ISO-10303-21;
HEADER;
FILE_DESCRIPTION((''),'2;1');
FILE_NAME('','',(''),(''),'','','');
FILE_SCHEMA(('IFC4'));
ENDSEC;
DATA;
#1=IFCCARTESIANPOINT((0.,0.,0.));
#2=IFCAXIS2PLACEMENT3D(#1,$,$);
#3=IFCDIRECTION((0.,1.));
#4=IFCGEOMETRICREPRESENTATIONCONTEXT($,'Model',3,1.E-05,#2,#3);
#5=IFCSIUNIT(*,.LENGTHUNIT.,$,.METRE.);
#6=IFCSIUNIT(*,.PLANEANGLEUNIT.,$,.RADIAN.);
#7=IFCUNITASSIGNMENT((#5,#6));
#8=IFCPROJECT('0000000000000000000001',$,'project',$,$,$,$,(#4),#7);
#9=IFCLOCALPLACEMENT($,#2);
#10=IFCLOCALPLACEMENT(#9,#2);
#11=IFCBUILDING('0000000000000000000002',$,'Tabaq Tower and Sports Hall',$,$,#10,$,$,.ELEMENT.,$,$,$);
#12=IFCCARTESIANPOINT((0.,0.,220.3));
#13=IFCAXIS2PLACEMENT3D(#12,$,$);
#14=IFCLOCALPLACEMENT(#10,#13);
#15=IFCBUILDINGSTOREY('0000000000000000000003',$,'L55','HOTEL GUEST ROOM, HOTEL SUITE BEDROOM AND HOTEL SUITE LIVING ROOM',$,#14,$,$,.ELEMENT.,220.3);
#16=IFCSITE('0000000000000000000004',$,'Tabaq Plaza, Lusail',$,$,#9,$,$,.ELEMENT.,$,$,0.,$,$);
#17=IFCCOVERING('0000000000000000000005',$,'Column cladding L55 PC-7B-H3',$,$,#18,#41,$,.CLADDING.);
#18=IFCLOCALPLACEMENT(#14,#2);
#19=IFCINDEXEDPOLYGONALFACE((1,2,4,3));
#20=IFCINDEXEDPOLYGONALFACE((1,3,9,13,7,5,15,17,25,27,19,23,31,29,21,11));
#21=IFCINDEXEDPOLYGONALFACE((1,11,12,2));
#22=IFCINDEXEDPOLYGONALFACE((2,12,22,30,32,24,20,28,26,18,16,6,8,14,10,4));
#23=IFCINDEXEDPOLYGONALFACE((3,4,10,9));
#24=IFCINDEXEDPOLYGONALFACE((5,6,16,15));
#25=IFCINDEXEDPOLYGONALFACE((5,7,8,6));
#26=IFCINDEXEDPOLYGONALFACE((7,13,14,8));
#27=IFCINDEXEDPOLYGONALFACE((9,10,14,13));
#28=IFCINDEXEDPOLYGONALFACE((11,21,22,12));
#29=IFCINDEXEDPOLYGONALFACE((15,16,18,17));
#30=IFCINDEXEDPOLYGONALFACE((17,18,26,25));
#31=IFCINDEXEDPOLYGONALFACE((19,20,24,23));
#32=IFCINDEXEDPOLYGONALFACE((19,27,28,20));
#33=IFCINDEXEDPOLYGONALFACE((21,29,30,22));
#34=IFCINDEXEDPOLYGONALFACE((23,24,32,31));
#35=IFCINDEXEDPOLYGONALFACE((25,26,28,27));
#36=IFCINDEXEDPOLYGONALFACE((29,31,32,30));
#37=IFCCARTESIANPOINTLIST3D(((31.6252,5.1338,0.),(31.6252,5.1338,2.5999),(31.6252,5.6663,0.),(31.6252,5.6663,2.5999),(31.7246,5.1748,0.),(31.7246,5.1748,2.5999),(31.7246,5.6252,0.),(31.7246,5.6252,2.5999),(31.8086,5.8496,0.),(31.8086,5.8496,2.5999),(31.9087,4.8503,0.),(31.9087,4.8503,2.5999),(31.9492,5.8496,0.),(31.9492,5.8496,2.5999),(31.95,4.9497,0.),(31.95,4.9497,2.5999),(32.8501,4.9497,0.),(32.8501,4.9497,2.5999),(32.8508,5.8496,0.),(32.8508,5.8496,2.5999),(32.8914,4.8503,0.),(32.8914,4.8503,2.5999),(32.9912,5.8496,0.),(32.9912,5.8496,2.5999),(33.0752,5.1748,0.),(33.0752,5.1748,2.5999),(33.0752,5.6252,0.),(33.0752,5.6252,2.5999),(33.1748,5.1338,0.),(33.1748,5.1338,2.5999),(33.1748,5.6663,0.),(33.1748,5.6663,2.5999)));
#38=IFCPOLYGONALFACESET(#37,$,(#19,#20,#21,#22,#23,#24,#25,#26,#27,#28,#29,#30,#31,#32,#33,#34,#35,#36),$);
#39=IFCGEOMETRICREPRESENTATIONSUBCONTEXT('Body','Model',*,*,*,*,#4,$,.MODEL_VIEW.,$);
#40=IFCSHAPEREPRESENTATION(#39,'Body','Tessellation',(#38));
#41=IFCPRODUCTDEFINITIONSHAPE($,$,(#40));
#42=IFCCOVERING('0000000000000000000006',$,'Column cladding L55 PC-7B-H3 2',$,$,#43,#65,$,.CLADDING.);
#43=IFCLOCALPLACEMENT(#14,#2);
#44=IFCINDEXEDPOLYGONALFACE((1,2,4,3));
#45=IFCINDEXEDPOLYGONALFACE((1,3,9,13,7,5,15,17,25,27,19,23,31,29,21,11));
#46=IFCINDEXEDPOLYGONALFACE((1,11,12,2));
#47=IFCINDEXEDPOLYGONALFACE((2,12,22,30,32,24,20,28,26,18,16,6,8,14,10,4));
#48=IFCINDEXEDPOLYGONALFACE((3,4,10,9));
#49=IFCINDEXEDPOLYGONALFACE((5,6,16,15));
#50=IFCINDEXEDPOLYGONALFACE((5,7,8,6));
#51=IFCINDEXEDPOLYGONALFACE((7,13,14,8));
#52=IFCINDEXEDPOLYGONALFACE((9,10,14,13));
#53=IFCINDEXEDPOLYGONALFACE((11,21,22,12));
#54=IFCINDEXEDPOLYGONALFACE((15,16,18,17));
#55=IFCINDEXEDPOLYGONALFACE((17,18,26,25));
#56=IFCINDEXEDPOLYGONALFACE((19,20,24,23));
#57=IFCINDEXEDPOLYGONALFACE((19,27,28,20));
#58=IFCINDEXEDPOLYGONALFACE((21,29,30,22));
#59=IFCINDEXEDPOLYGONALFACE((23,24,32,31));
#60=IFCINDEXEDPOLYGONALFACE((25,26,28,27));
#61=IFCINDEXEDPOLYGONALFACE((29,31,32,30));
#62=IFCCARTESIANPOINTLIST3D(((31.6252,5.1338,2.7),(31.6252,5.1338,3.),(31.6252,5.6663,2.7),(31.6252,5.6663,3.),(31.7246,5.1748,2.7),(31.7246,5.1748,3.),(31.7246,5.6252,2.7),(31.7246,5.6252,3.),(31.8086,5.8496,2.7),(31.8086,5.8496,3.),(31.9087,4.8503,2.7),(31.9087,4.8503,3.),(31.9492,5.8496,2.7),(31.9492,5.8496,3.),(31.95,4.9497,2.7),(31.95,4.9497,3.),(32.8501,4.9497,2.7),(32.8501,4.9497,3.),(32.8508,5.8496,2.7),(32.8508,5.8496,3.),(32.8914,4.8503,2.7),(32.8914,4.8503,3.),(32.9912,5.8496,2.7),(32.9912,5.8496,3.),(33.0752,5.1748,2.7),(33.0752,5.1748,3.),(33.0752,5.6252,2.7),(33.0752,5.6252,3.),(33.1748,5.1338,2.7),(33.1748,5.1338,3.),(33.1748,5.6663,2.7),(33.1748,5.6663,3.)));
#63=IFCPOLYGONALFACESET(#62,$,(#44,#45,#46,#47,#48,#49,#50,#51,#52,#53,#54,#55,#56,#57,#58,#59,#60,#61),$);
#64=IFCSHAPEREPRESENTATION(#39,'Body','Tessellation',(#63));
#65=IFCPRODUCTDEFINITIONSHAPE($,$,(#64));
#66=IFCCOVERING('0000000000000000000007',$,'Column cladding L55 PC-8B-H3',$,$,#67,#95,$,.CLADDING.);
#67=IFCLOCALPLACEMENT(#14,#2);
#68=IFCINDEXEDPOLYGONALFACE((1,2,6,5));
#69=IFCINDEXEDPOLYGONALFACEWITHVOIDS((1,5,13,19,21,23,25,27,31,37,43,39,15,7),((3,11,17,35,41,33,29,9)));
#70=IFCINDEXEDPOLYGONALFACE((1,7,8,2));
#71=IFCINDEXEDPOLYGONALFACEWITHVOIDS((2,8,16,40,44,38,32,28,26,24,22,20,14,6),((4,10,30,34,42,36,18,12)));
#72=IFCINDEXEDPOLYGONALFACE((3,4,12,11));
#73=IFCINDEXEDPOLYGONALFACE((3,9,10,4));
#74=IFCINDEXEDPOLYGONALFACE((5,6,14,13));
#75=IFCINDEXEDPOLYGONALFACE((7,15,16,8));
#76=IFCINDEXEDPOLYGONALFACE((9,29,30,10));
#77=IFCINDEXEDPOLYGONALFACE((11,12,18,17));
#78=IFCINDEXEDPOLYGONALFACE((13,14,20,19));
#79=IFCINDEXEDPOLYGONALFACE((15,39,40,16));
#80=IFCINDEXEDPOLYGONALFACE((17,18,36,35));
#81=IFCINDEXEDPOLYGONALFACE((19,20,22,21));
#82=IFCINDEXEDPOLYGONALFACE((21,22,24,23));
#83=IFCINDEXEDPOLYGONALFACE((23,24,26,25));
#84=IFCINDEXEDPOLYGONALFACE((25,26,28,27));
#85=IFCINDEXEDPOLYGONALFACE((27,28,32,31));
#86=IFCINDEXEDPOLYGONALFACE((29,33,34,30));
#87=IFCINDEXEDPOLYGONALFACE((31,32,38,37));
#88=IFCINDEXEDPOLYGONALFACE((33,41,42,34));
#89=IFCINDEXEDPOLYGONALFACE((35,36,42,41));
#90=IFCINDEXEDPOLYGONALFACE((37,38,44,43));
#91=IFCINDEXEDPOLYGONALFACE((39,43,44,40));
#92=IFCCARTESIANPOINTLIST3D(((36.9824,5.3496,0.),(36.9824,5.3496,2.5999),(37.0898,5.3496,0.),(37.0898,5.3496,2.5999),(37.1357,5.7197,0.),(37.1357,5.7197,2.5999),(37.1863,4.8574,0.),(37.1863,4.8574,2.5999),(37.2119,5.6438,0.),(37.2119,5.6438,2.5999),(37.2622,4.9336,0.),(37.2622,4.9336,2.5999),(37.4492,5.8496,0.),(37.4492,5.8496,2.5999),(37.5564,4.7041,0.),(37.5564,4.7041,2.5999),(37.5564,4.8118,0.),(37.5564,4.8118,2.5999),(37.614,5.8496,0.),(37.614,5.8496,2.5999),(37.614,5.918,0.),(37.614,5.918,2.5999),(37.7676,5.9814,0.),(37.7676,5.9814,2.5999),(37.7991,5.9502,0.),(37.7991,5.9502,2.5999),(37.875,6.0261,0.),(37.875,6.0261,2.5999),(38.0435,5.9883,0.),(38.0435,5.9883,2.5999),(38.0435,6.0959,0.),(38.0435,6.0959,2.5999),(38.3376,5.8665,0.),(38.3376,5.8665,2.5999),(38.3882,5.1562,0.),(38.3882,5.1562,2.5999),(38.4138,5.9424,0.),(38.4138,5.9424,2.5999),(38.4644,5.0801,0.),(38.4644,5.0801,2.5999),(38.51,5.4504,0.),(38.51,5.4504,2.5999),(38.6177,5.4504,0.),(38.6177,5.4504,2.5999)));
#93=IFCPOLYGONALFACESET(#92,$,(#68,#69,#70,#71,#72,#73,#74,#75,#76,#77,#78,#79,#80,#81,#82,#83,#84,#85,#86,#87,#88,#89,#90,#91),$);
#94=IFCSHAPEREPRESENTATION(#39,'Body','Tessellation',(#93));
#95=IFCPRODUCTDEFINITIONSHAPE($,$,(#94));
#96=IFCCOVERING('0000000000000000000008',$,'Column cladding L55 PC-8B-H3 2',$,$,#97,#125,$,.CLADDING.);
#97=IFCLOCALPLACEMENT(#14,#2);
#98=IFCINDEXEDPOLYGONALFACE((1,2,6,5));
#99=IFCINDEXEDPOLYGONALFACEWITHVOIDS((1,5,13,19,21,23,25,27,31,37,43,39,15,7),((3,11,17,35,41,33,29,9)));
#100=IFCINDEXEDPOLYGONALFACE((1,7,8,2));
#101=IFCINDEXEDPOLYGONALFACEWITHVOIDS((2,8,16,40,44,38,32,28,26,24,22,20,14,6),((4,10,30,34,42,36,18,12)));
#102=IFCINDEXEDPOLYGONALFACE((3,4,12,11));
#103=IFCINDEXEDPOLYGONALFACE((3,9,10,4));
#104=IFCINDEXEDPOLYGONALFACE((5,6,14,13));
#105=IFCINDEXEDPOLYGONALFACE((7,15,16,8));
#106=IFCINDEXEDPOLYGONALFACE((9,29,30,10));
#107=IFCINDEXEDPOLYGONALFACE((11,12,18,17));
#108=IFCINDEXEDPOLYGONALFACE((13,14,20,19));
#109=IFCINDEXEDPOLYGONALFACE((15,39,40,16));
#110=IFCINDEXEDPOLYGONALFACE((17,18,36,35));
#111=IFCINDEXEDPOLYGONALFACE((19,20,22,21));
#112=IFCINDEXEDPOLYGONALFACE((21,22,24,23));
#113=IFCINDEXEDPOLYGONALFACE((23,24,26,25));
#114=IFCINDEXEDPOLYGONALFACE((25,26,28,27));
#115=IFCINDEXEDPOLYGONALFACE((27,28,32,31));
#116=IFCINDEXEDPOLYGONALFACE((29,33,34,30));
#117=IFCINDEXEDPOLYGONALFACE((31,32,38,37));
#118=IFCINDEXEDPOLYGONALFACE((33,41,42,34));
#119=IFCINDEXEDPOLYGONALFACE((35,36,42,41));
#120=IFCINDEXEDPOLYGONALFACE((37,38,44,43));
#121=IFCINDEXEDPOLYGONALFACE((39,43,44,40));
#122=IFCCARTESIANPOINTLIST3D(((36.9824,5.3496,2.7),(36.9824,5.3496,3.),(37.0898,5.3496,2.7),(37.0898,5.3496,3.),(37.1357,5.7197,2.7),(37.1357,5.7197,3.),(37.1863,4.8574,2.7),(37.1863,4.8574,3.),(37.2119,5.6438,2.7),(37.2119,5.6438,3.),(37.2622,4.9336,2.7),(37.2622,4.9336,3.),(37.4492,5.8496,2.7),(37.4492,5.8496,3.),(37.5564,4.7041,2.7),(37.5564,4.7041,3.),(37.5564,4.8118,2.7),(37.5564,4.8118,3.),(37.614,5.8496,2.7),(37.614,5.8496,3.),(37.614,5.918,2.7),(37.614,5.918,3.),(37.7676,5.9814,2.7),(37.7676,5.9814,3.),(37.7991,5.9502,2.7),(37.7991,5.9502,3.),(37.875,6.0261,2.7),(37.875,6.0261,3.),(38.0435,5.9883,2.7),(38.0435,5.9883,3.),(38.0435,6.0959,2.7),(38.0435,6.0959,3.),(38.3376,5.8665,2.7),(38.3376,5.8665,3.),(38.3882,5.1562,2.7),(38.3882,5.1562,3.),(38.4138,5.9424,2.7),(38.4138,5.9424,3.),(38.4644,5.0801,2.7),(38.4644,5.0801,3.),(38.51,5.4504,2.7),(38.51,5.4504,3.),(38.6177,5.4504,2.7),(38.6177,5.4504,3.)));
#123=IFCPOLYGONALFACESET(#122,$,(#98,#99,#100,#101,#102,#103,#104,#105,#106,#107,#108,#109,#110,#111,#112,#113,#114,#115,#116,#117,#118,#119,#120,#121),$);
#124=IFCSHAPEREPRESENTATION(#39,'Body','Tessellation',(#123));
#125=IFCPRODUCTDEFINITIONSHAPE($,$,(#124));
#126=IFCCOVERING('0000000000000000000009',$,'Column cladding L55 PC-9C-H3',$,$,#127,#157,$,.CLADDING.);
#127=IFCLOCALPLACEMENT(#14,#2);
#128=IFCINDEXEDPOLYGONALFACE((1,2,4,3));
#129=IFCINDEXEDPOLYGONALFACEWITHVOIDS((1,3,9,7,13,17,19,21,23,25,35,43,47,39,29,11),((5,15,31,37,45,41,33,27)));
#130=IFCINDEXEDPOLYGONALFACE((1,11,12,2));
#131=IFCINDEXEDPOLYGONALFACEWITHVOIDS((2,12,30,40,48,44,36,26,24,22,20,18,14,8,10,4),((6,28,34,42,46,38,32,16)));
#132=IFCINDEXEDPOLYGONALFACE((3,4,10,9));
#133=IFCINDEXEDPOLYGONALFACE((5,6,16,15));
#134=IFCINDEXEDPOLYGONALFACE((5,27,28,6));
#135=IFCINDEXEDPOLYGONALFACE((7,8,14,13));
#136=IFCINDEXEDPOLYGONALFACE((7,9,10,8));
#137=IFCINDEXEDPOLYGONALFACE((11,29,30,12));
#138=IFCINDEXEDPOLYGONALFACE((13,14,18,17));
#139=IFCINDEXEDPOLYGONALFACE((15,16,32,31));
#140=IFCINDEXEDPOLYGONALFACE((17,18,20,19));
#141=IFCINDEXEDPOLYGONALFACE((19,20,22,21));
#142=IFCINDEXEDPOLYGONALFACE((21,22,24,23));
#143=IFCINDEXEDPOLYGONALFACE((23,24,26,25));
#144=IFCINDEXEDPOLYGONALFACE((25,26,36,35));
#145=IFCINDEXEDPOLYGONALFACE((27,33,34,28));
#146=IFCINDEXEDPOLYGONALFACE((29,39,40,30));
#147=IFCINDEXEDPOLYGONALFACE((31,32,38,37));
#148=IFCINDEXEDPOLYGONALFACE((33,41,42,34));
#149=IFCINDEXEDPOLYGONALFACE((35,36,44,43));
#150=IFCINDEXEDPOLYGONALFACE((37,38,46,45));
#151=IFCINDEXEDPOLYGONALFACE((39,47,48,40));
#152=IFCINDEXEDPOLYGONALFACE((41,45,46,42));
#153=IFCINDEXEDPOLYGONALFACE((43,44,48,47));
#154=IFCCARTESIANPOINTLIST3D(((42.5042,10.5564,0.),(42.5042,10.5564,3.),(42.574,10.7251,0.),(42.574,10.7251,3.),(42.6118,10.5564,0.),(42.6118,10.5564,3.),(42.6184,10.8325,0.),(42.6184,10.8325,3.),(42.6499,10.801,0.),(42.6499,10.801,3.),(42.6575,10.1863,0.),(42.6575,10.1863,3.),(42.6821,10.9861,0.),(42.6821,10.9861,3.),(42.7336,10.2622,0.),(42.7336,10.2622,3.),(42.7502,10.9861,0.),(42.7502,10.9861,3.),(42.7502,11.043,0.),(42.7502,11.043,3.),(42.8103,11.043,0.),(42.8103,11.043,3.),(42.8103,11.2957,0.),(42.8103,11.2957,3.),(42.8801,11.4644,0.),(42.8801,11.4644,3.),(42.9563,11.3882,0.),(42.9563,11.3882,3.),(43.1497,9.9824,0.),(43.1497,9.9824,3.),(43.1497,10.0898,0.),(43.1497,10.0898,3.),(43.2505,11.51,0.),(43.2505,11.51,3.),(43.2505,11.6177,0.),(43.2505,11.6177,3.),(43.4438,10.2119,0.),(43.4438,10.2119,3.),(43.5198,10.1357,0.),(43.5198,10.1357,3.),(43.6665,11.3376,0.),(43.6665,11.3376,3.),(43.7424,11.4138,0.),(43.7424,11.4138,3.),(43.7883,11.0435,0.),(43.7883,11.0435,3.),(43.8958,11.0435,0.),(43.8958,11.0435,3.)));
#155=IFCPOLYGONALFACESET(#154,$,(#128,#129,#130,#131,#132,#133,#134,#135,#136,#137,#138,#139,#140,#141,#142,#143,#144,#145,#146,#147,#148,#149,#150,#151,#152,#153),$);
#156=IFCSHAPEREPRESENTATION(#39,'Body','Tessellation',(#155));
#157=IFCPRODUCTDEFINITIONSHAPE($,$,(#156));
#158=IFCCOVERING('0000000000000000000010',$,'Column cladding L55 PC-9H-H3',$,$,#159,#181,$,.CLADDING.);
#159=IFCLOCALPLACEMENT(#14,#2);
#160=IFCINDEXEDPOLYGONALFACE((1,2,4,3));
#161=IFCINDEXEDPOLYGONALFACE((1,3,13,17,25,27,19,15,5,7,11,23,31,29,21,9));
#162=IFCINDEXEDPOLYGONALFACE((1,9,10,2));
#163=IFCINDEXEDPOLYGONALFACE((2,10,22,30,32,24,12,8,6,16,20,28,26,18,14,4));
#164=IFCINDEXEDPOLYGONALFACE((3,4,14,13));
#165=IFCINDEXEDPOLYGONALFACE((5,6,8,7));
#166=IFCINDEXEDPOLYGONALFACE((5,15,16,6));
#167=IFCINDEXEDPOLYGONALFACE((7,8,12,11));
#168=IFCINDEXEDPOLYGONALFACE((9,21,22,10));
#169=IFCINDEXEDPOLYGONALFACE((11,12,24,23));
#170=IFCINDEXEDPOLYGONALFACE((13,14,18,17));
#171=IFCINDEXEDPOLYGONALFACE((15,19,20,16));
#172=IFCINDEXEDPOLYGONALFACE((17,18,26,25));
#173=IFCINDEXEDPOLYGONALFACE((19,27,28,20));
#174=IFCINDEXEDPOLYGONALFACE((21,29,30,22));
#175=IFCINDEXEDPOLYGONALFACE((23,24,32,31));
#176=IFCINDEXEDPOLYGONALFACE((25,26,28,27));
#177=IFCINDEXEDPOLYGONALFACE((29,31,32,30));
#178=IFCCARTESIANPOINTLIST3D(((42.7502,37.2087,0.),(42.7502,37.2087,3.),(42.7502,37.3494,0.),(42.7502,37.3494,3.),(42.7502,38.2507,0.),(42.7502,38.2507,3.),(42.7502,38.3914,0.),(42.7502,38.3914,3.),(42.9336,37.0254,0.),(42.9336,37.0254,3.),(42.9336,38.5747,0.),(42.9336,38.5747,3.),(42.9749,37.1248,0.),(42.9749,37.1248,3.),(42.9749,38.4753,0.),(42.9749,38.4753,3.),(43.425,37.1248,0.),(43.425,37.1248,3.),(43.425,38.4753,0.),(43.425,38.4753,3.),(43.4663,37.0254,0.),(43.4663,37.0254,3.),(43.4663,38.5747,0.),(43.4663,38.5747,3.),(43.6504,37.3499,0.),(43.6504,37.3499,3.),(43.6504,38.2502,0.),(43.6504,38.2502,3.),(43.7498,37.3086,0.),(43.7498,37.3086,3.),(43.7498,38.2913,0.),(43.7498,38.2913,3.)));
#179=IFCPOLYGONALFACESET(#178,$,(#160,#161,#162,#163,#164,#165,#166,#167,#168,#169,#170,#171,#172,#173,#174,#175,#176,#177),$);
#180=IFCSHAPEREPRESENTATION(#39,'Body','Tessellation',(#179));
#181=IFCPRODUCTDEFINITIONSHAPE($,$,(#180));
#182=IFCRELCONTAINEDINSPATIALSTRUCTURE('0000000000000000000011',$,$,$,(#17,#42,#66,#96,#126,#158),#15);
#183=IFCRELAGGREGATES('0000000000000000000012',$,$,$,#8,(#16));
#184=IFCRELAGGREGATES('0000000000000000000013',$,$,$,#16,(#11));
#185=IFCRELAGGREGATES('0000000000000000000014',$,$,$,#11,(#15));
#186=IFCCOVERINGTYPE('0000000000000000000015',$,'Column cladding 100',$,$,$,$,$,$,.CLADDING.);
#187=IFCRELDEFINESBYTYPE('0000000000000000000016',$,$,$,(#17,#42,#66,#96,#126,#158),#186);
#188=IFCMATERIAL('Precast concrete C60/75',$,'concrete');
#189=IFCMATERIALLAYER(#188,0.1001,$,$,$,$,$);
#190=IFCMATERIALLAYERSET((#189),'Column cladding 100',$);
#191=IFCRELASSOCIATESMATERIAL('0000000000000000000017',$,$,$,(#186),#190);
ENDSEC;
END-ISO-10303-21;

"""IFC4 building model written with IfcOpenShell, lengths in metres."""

from ifc_helpers import new_model, si_unit, direction, frame, origin, place, context, subcontext, project, spatial, polyline, outline, extrude, material, layer, layer_set, type_object, element, save


model = new_model("IFC4")

# Units and contexts
model_context = context("Model", 3, precision=1e-05, world=origin(), true_north=direction((0.0, 1.0)))
body_context = subcontext(model_context, "Body", "Model", "MODEL_VIEW")
ifc_project = project(units=[si_unit("LENGTHUNIT", "METRE"), si_unit("PLANEANGLEUNIT", "RADIAN")], contexts=[model_context])

# Site, building, storey
site_placement = place(None, origin())
site = spatial("IfcSite", under=ifc_project, at=site_placement, Name="Tabaq Plaza, Lusail", CompositionType="ELEMENT", RefElevation=0.0)
building_placement = place(site_placement, origin())
building = spatial("IfcBuilding", under=site, at=building_placement, Name="Tabaq Tower and Sports Hall", CompositionType="ELEMENT")
storey_placement = place(building_placement, frame((0.0, 0.0, 220.3)))
storey = spatial("IfcBuildingStorey", under=building, at=storey_placement, Name="L55", Description="HOTEL GUEST ROOM, HOTEL SUITE BEDROOM AND HOTEL SUITE LIVING ROOM", CompositionType="ELEMENT", Elevation=220.3)

# Coverings
ifc_material_1 = material(Name="Precast concrete C60/75", Category="concrete")
ifc_layer_1 = layer(ifc_material_1, 0.1001)
ifc_layer_set_1 = layer_set([ifc_layer_1], Name="Column cladding 100")
covering_type_1 = type_object("IfcCoveringType", Name="Column cladding 100", PredefinedType="CLADDING", material=ifc_layer_set_1)
covering_1_placement = place(storey_placement, origin())
element("IfcCovering", 1, at=covering_1_placement, inside=storey, type_object=covering_type_1, Name="Column cladding L55 PC-7B-H3", PredefinedType="CLADDING", context=body_context, shape_type="SweptSolid", body=[
    extrude(outline(polyline([(31.6252, 5.6663), (31.8086, 5.8496), (31.9492, 5.8496), (31.7246, 5.6252), (31.7246, 5.1748), (31.95, 4.9497), (32.8501, 4.9497), (33.0752, 5.1748), (33.0752, 5.6252), (32.8508, 5.8496), (32.9912, 5.8496), (33.1748, 5.6663), (33.1748, 5.1338), (32.8914, 4.8503), (31.9087, 4.8503), (31.6252, 5.1338), (31.6252, 5.6663)])), origin(), (0.0, 0.0, 1.0), 2.5999),
])
covering_2_placement = place(storey_placement, frame((0.0, 0.0, 2.7)))
element("IfcCovering", 2, at=covering_2_placement, inside=storey, type_object=covering_type_1, Name="Column cladding L55 PC-7B-H3 2", PredefinedType="CLADDING", context=body_context, shape_type="SweptSolid", body=[
    extrude(outline(polyline([(31.6252, 5.6663), (31.8086, 5.8496), (31.9492, 5.8496), (31.7246, 5.6252), (31.7246, 5.1748), (31.95, 4.9497), (32.8501, 4.9497), (33.0752, 5.1748), (33.0752, 5.6252), (32.8508, 5.8496), (32.9912, 5.8496), (33.1748, 5.6663), (33.1748, 5.1338), (32.8914, 4.8503), (31.9087, 4.8503), (31.6252, 5.1338), (31.6252, 5.6663)])), origin(), (0.0, 0.0, 1.0), 0.3),
])
covering_3_placement = place(storey_placement, origin())
element("IfcCovering", 3, at=covering_3_placement, inside=storey, type_object=covering_type_1, Name="Column cladding L55 PC-8B-H3", PredefinedType="CLADDING", context=body_context, shape_type="SweptSolid", body=[
    extrude(outline(polyline([(36.9824, 5.3496), (37.1357, 5.7197), (37.4492, 5.8496), (37.614, 5.8496), (37.614, 5.918), (37.7676, 5.9814), (37.7991, 5.9502), (37.875, 6.0261), (38.0435, 6.0959), (38.4138, 5.9424), (38.6177, 5.4504), (38.4644, 5.0801), (37.5564, 4.7041), (37.1863, 4.8574), (36.9824, 5.3496)]), holes=[polyline([(38.51, 5.4504), (38.3376, 5.8665), (38.0435, 5.9883), (37.2119, 5.6438), (37.0898, 5.3496), (37.2622, 4.9336), (37.5564, 4.8118), (38.3882, 5.1562), (38.51, 5.4504)])]), origin(), (0.0, 0.0, 1.0), 2.5999),
])
covering_4_placement = place(storey_placement, frame((0.0, 0.0, 2.7)))
element("IfcCovering", 4, at=covering_4_placement, inside=storey, type_object=covering_type_1, Name="Column cladding L55 PC-8B-H3 2", PredefinedType="CLADDING", context=body_context, shape_type="SweptSolid", body=[
    extrude(outline(polyline([(36.9824, 5.3496), (37.1357, 5.7197), (37.4492, 5.8496), (37.614, 5.8496), (37.614, 5.918), (37.7676, 5.9814), (37.7991, 5.9502), (37.875, 6.0261), (38.0435, 6.0959), (38.4138, 5.9424), (38.6177, 5.4504), (38.4644, 5.0801), (37.5564, 4.7041), (37.1863, 4.8574), (36.9824, 5.3496)]), holes=[polyline([(38.51, 5.4504), (38.3376, 5.8665), (38.0435, 5.9883), (37.2119, 5.6438), (37.0898, 5.3496), (37.2622, 4.9336), (37.5564, 4.8118), (38.3882, 5.1562), (38.51, 5.4504)])]), origin(), (0.0, 0.0, 1.0), 0.3),
])
covering_5_placement = place(storey_placement, origin())
element("IfcCovering", 5, at=covering_5_placement, inside=storey, type_object=covering_type_1, Name="Column cladding L55 PC-9C-H3", PredefinedType="CLADDING", context=body_context, shape_type="SweptSolid", body=[
    extrude(outline(polyline([(42.6575, 10.1863), (42.5042, 10.5564), (42.574, 10.7251), (42.6499, 10.801), (42.6184, 10.8325), (42.6821, 10.9861), (42.7502, 10.9861), (42.7502, 11.043), (42.8103, 11.043), (42.8103, 11.2957), (42.8801, 11.4644), (43.2505, 11.6177), (43.7424, 11.4138), (43.8958, 11.0435), (43.5198, 10.1357), (43.1497, 9.9824), (42.6575, 10.1863)]), holes=[polyline([(43.6665, 11.3376), (43.2505, 11.51), (42.9563, 11.3882), (42.6118, 10.5564), (42.7336, 10.2622), (43.1497, 10.0898), (43.4438, 10.2119), (43.7883, 11.0435), (43.6665, 11.3376)])]), origin(), (0.0, 0.0, 1.0), 3.0),
])
covering_6_placement = place(storey_placement, origin())
element("IfcCovering", 6, at=covering_6_placement, inside=storey, type_object=covering_type_1, Name="Column cladding L55 PC-9H-H3", PredefinedType="CLADDING", context=body_context, shape_type="SweptSolid", body=[
    extrude(outline(polyline([(42.9336, 37.0254), (42.7502, 37.2087), (42.7502, 37.3494), (42.9749, 37.1248), (43.425, 37.1248), (43.6504, 37.3499), (43.6504, 38.2502), (43.425, 38.4753), (42.9749, 38.4753), (42.7502, 38.2507), (42.7502, 38.3914), (42.9336, 38.5747), (43.4663, 38.5747), (43.7498, 38.2913), (43.7498, 37.3086), (43.4663, 37.0254), (42.9336, 37.0254)])), origin(), (0.0, 0.0, 1.0), 3.0),
])

save(model, "model.ifc")
